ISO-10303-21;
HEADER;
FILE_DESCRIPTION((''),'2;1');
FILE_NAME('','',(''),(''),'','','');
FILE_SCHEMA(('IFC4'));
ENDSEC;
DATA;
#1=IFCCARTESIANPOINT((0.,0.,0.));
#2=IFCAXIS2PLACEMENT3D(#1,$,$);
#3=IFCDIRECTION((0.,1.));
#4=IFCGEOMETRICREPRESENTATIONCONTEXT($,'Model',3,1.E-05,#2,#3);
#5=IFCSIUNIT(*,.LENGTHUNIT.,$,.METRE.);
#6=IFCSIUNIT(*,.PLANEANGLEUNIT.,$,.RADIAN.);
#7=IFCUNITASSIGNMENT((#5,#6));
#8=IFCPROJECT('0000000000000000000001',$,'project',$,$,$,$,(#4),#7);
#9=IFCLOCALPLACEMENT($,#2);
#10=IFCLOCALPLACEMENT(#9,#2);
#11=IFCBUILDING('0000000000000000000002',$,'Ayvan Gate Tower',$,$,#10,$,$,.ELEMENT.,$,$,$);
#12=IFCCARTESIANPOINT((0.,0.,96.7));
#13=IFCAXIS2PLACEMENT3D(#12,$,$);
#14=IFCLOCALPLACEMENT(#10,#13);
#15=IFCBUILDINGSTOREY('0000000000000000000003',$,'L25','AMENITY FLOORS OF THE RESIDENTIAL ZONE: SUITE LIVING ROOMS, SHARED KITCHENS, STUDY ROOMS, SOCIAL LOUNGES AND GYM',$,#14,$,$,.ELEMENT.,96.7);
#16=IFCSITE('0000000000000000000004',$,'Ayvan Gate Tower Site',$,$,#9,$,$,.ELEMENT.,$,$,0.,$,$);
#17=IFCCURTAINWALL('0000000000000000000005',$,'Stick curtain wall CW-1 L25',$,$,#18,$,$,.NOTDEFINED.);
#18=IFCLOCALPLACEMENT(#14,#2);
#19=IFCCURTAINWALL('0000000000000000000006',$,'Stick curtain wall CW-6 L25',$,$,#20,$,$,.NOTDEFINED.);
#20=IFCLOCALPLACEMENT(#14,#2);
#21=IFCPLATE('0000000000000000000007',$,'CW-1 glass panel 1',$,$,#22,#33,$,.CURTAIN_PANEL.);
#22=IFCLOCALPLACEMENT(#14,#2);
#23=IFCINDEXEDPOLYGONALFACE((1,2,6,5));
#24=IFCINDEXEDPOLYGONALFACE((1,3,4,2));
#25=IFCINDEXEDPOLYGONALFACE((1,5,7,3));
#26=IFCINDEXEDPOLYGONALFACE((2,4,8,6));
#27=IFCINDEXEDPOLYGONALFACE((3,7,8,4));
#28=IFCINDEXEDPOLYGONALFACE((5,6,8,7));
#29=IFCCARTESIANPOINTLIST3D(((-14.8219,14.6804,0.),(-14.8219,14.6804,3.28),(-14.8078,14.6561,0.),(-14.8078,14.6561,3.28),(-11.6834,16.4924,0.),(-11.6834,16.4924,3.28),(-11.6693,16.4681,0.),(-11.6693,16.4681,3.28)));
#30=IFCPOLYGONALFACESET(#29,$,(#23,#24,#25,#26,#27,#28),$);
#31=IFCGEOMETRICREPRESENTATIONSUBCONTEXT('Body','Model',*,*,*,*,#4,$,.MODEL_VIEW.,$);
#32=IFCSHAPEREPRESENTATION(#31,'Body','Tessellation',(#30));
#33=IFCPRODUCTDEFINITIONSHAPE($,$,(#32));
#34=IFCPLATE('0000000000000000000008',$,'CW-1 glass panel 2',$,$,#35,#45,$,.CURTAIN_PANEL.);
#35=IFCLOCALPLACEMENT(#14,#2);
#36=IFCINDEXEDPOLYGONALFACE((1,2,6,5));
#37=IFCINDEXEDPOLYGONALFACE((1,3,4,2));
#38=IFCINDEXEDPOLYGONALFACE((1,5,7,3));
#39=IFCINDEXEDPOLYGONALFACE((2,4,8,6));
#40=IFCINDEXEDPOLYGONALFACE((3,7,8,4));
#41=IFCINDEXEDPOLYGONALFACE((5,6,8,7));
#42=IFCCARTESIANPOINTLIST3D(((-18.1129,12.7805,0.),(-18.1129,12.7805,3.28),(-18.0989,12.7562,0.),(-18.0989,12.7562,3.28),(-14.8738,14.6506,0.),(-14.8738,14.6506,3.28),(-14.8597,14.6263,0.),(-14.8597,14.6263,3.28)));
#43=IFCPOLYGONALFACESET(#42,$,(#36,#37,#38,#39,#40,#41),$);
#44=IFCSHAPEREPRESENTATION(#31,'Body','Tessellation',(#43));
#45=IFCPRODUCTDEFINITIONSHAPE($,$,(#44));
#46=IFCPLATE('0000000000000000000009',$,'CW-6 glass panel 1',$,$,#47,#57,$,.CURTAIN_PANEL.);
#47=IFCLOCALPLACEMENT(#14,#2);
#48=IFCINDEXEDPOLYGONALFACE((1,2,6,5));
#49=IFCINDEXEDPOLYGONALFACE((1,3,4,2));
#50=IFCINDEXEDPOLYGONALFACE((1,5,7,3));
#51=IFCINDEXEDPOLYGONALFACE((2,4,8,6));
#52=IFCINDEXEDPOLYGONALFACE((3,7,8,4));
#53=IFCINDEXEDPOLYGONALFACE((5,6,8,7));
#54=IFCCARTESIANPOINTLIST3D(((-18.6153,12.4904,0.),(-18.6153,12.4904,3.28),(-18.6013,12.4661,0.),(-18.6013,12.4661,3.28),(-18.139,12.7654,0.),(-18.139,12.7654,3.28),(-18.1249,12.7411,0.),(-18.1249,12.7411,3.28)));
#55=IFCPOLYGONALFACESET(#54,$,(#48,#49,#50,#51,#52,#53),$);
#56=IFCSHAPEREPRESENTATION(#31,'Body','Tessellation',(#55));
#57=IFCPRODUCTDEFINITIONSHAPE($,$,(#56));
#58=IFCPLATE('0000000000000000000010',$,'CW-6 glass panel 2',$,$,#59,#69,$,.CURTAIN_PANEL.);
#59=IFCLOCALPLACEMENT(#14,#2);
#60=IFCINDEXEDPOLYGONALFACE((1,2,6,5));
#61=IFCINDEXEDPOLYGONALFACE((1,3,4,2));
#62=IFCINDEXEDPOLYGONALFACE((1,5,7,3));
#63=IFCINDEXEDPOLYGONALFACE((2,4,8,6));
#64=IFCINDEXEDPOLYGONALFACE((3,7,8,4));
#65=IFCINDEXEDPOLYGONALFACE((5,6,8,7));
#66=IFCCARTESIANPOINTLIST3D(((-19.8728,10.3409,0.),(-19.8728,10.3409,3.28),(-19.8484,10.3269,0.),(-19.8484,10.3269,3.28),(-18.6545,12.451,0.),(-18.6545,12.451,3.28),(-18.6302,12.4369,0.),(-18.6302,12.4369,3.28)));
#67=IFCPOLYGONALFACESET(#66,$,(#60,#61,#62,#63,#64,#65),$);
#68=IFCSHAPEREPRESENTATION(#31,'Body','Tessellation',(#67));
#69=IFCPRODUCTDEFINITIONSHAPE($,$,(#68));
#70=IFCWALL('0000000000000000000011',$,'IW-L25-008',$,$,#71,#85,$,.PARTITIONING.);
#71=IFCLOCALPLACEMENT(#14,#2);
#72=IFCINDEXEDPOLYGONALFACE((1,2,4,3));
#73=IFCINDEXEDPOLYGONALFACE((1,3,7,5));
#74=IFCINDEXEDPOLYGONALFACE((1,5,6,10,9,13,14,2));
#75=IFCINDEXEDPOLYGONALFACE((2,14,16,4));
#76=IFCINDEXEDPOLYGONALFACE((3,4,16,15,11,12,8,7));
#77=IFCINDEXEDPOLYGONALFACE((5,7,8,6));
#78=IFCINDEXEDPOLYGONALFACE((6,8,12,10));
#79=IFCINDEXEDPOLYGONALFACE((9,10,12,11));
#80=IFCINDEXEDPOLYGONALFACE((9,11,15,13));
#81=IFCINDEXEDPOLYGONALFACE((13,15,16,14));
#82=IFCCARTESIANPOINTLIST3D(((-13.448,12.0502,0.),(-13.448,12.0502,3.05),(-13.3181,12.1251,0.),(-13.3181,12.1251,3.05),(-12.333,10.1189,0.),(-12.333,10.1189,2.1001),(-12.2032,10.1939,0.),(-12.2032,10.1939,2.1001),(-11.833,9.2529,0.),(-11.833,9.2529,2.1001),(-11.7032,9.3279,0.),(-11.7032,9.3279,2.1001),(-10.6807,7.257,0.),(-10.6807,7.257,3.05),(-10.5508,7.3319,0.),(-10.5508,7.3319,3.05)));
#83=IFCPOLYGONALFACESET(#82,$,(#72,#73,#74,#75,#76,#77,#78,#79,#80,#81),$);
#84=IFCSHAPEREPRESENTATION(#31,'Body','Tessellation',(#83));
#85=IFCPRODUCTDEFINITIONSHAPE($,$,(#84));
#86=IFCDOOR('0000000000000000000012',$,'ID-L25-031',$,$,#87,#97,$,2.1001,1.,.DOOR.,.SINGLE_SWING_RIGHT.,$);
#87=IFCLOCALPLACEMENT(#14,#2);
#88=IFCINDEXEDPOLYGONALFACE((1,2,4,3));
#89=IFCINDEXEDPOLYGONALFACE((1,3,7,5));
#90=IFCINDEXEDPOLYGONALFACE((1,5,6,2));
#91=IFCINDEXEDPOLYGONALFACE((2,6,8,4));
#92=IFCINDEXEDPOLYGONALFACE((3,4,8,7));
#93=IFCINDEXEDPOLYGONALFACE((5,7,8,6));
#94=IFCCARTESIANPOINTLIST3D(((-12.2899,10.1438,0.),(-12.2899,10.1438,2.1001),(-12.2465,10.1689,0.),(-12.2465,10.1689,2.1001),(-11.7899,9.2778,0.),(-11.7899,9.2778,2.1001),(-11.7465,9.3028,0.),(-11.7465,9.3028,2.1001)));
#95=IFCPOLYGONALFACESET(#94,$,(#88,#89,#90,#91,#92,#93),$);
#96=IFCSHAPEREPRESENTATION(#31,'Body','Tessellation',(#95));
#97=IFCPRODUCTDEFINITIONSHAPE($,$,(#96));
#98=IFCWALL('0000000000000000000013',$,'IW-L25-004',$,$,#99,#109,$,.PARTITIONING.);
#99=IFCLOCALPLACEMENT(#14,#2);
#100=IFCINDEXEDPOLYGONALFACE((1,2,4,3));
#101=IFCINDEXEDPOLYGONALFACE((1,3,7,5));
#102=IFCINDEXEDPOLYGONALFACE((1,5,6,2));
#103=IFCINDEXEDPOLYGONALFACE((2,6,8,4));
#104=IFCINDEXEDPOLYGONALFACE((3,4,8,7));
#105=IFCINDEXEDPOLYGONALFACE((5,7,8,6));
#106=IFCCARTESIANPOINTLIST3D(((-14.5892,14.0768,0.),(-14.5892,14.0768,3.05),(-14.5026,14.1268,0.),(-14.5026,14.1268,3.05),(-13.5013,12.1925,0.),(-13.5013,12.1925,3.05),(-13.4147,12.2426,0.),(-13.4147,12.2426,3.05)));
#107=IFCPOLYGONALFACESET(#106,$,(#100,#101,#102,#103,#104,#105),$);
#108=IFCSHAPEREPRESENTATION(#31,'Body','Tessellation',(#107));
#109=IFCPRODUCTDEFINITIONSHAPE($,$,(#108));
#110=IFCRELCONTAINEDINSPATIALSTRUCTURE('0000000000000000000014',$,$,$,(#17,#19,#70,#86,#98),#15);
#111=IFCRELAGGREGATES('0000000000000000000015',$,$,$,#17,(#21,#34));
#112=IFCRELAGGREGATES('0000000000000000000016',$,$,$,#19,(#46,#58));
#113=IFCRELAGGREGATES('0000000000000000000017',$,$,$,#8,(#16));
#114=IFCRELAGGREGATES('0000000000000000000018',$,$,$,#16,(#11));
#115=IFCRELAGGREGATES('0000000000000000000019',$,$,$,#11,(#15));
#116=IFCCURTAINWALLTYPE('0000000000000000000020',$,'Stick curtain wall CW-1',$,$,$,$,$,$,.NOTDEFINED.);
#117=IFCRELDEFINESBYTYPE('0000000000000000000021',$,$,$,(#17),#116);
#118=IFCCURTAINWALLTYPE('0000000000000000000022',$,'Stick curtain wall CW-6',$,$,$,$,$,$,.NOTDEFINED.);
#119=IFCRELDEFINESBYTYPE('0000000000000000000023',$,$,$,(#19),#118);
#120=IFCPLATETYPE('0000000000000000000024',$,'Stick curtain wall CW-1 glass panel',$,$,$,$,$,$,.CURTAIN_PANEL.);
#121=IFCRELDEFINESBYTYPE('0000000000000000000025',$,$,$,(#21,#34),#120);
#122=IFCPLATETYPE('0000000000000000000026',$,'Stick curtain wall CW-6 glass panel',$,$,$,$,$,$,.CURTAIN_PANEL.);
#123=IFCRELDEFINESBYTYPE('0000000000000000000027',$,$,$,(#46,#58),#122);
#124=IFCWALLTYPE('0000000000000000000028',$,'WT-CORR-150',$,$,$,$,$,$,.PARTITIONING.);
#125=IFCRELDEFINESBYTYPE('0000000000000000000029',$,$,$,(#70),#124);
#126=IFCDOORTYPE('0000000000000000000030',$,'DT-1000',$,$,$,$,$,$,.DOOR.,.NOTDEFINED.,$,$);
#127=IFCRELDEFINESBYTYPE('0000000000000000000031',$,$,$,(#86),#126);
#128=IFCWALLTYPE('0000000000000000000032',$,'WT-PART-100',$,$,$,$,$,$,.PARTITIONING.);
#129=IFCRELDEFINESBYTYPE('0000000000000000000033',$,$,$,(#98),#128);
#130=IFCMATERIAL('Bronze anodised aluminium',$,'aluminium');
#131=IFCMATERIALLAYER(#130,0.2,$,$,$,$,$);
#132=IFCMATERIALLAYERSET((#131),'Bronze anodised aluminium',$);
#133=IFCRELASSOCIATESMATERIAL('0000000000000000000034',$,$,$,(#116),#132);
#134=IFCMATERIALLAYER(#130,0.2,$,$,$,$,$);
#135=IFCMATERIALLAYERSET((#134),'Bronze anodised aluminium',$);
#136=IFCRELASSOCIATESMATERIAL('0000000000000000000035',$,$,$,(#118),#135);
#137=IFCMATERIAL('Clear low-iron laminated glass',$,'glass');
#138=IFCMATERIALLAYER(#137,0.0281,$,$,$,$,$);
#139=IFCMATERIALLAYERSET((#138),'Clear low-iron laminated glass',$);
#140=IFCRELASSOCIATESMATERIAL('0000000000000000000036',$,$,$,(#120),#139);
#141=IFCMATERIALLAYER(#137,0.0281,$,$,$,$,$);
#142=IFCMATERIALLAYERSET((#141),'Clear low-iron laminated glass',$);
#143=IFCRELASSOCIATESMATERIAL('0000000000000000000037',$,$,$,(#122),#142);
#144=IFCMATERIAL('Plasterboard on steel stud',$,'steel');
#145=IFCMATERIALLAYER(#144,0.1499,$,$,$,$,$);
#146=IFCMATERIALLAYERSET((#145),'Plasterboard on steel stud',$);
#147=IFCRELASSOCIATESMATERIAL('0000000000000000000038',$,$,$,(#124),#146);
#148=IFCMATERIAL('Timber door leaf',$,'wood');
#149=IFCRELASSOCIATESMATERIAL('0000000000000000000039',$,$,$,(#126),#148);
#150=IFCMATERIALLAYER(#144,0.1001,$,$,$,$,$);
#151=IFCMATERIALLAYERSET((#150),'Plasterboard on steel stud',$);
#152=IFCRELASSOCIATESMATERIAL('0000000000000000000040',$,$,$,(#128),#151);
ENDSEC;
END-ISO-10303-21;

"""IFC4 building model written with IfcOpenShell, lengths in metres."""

from ifc_helpers import new_model, si_unit, direction, frame, frame_2d, origin, origin_2d, place, context, subcontext, project, spatial, rectangle, extrude, material, layer, layer_set, type_object, element, fill, aggregate, save


model = new_model("IFC4")

# Units and contexts
model_context = context("Model", 3, precision=1e-05, world=origin(), true_north=direction((0.0, 1.0)))
body_context = subcontext(model_context, "Body", "Model", "MODEL_VIEW")
ifc_project = project(units=[si_unit("LENGTHUNIT", "METRE"), si_unit("PLANEANGLEUNIT", "RADIAN")], contexts=[model_context])

# Site, building, storey
site_placement = place(None, origin())
site = spatial("IfcSite", under=ifc_project, at=site_placement, Name="Ayvan Gate Tower Site", CompositionType="ELEMENT", RefElevation=0.0)
building_placement = place(site_placement, origin())
building = spatial("IfcBuilding", under=site, at=building_placement, Name="Ayvan Gate Tower", CompositionType="ELEMENT")
storey_placement = place(building_placement, frame((0.0, 0.0, 96.7)))
storey = spatial("IfcBuildingStorey", under=building, at=storey_placement, Name="L25", Description="AMENITY FLOORS OF THE RESIDENTIAL ZONE: SUITE LIVING ROOMS, SHARED KITCHENS, STUDY ROOMS, SOCIAL LOUNGES AND GYM", CompositionType="ELEMENT", Elevation=96.7)

# Shared definitions
ifc_material_1 = material(Name="Bronze anodised aluminium", Category="aluminium")
ifc_layer_1 = layer(ifc_material_1, 0.2)
ifc_layer_set_1 = layer_set([ifc_layer_1], Name="Bronze anodised aluminium")
curtain_wall_type_1 = type_object("IfcCurtainWallType", Name="Stick curtain wall CW-1", PredefinedType="NOTDEFINED", material=ifc_layer_set_1)

# Curtain walls
curtain_wall_1_placement = place(storey_placement, origin())
curtain_wall_1 = element("IfcCurtainWall", 1, at=curtain_wall_1_placement, inside=storey, type_object=curtain_wall_type_1, Name="Stick curtain wall CW-1 L25", PredefinedType="NOTDEFINED")
ifc_layer_2 = layer(ifc_material_1, 0.2)
ifc_layer_set_2 = layer_set([ifc_layer_2], Name="Bronze anodised aluminium")
curtain_wall_type_2 = type_object("IfcCurtainWallType", Name="Stick curtain wall CW-6", PredefinedType="NOTDEFINED", material=ifc_layer_set_2)
curtain_wall_2_placement = place(storey_placement, origin())
curtain_wall_2 = element("IfcCurtainWall", 2, at=curtain_wall_2_placement, inside=storey, type_object=curtain_wall_type_2, Name="Stick curtain wall CW-6 L25", PredefinedType="NOTDEFINED")

# Plates
ifc_material_2 = material(Name="Clear low-iron laminated glass", Category="glass")
ifc_layer_3 = layer(ifc_material_2, 0.0281)
ifc_layer_set_3 = layer_set([ifc_layer_3], Name="Clear low-iron laminated glass")
plate_type_1 = type_object("IfcPlateType", Name="Stick curtain wall CW-1 glass panel", PredefinedType="CURTAIN_PANEL", material=ifc_layer_set_3)
plate_1_placement = place(storey_placement, frame((-13.2456, 15.5742, 0.0), z_axis=(0.0, 0.0, 1.0), x_axis=(-0.866025, -0.5, 0.0)))
plate_1 = element("IfcPlate", 3, at=plate_1_placement, type_object=plate_type_1, Name="CW-1 glass panel 1", PredefinedType="CURTAIN_PANEL", context=body_context, shape_type="SweptSolid", body=[
    extrude(rectangle(XDim=3.624, YDim=0.0281, at=origin_2d()), origin(), (0.0, 0.0, 1.0), 3.28),
])
plate_2_placement = place(storey_placement, frame((-16.4863, 13.7034, 0.0), z_axis=(0.0, 0.0, 1.0), x_axis=(-0.866025, -0.5, 0.0)))
plate_2 = element("IfcPlate", 4, at=plate_2_placement, type_object=plate_type_1, Name="CW-1 glass panel 2", PredefinedType="CURTAIN_PANEL", context=body_context, shape_type="SweptSolid", body=[
    extrude(rectangle(XDim=3.7402, YDim=0.0281, at=origin_2d()), origin(), (0.0, 0.0, 1.0), 3.28),
])
aggregate(curtain_wall_1, [plate_1, plate_2])
ifc_layer_4 = layer(ifc_material_2, 0.0281)
ifc_layer_set_4 = layer_set([ifc_layer_4], Name="Clear low-iron laminated glass")
plate_type_2 = type_object("IfcPlateType", Name="Stick curtain wall CW-6 glass panel", PredefinedType="CURTAIN_PANEL", material=ifc_layer_set_4)
plate_3_placement = place(storey_placement, frame((-18.3701, 12.6157, 0.0), z_axis=(0.0, 0.0, 1.0), x_axis=(-0.866025, -0.5, 0.0)))
plate_3 = element("IfcPlate", 5, at=plate_3_placement, type_object=plate_type_2, Name="CW-6 glass panel 1", PredefinedType="CURTAIN_PANEL", context=body_context, shape_type="SweptSolid", body=[
    extrude(rectangle(XDim=0.55, YDim=0.0281, at=origin_2d()), origin(), (0.0, 0.0, 1.0), 3.28),
])
plate_4_placement = place(storey_placement, frame((-19.2515, 11.3889, 0.0), z_axis=(0.0, 0.0, 1.0), x_axis=(-0.5, -0.866025, 0.0)))
plate_4 = element("IfcPlate", 6, at=plate_4_placement, type_object=plate_type_2, Name="CW-6 glass panel 2", PredefinedType="CURTAIN_PANEL", context=body_context, shape_type="SweptSolid", body=[
    extrude(rectangle(XDim=2.4365, YDim=0.0281, at=origin_2d()), origin(), (0.0, 0.0, 1.0), 3.28),
])
aggregate(curtain_wall_2, [plate_3, plate_4])

# Wall, opening, door
ifc_material_3 = material(Name="Plasterboard on steel stud", Category="steel")
ifc_layer_5 = layer(ifc_material_3, 0.1499)
ifc_layer_set_5 = layer_set([ifc_layer_5], Name="Plasterboard on steel stud")
wall_type_1 = type_object("IfcWallType", Name="WT-CORR-150", PredefinedType="PARTITIONING", material=ifc_layer_set_5)
wall_1_placement = place(storey_placement, frame((-13.3831, 12.0876, 0.0), z_axis=(0.0, 0.0, 1.0), x_axis=(0.499996, -0.866028, 0.0)))
wall_1 = element("IfcWall", 7, at=wall_1_placement, inside=storey, type_object=wall_type_1, Name="IW-L25-008", PredefinedType="PARTITIONING", context=body_context, shape_type="SweptSolid", body=[
    extrude(rectangle(XDim=5.5347, YDim=0.1499, at=frame_2d((2.7673, 0.0))), origin(), (0.0, 0.0, 1.0), 3.05),
])
opening_1_placement = place(wall_1_placement, frame((2.23, 0.0, 0.0)))
opening_1 = element("IfcOpeningElement", 8, at=opening_1_placement, cuts=wall_1, PredefinedType="OPENING", context=body_context, shape_type="SweptSolid", body=[
    extrude(rectangle(XDim=1.0, YDim=2.1001, at=frame_2d((0.5, 1.05))), frame((0.0, 0.085, 0.0), z_axis=(0.0, -1.0, 0.0), x_axis=(1.0, 0.0, 0.0)), (0.0, 0.0, 1.0), 0.1699),
])
ifc_material_4 = material(Name="Timber door leaf", Category="wood")
door_type_1 = type_object("IfcDoorType", Name="DT-1000", OperationType="NOTDEFINED", PredefinedType="DOOR", material=ifc_material_4)
door_1_placement = place(opening_1_placement, origin())
door_1 = element("IfcDoor", 9, at=door_1_placement, inside=storey, type_object=door_type_1, Name="ID-L25-031", OperationType="SINGLE_SWING_RIGHT", OverallHeight=2.1001, OverallWidth=1.0, PredefinedType="DOOR", context=body_context, shape_type="SweptSolid", body=[
    extrude(rectangle(XDim=1.0, YDim=2.1001, at=frame_2d((0.5, 1.05))), frame((0.0, 0.0249, 0.0), z_axis=(0.0, -1.0, 0.0), x_axis=(1.0, 0.0, 0.0)), (0.0, 0.0, 1.0), 0.05),
])
fill(opening_1, door_1)

# Wall
ifc_layer_6 = layer(ifc_material_3, 0.1001)
ifc_layer_set_6 = layer_set([ifc_layer_6], Name="Plasterboard on steel stud")
wall_type_2 = type_object("IfcWallType", Name="WT-PART-100", PredefinedType="PARTITIONING", material=ifc_layer_set_6)
wall_2_placement = place(storey_placement, frame((-14.5459, 14.1018, 0.0), z_axis=(0.0, 0.0, 1.0), x_axis=(0.500001, -0.866025, 0.0)))
element("IfcWall", 10, at=wall_2_placement, inside=storey, type_object=wall_type_2, Name="IW-L25-004", PredefinedType="PARTITIONING", context=body_context, shape_type="SweptSolid", body=[
    extrude(rectangle(XDim=2.1758, YDim=0.1001, at=frame_2d((1.0879, 0.0))), origin(), (0.0, 0.0, 1.0), 3.05),
])

save(model, "model.ifc")
